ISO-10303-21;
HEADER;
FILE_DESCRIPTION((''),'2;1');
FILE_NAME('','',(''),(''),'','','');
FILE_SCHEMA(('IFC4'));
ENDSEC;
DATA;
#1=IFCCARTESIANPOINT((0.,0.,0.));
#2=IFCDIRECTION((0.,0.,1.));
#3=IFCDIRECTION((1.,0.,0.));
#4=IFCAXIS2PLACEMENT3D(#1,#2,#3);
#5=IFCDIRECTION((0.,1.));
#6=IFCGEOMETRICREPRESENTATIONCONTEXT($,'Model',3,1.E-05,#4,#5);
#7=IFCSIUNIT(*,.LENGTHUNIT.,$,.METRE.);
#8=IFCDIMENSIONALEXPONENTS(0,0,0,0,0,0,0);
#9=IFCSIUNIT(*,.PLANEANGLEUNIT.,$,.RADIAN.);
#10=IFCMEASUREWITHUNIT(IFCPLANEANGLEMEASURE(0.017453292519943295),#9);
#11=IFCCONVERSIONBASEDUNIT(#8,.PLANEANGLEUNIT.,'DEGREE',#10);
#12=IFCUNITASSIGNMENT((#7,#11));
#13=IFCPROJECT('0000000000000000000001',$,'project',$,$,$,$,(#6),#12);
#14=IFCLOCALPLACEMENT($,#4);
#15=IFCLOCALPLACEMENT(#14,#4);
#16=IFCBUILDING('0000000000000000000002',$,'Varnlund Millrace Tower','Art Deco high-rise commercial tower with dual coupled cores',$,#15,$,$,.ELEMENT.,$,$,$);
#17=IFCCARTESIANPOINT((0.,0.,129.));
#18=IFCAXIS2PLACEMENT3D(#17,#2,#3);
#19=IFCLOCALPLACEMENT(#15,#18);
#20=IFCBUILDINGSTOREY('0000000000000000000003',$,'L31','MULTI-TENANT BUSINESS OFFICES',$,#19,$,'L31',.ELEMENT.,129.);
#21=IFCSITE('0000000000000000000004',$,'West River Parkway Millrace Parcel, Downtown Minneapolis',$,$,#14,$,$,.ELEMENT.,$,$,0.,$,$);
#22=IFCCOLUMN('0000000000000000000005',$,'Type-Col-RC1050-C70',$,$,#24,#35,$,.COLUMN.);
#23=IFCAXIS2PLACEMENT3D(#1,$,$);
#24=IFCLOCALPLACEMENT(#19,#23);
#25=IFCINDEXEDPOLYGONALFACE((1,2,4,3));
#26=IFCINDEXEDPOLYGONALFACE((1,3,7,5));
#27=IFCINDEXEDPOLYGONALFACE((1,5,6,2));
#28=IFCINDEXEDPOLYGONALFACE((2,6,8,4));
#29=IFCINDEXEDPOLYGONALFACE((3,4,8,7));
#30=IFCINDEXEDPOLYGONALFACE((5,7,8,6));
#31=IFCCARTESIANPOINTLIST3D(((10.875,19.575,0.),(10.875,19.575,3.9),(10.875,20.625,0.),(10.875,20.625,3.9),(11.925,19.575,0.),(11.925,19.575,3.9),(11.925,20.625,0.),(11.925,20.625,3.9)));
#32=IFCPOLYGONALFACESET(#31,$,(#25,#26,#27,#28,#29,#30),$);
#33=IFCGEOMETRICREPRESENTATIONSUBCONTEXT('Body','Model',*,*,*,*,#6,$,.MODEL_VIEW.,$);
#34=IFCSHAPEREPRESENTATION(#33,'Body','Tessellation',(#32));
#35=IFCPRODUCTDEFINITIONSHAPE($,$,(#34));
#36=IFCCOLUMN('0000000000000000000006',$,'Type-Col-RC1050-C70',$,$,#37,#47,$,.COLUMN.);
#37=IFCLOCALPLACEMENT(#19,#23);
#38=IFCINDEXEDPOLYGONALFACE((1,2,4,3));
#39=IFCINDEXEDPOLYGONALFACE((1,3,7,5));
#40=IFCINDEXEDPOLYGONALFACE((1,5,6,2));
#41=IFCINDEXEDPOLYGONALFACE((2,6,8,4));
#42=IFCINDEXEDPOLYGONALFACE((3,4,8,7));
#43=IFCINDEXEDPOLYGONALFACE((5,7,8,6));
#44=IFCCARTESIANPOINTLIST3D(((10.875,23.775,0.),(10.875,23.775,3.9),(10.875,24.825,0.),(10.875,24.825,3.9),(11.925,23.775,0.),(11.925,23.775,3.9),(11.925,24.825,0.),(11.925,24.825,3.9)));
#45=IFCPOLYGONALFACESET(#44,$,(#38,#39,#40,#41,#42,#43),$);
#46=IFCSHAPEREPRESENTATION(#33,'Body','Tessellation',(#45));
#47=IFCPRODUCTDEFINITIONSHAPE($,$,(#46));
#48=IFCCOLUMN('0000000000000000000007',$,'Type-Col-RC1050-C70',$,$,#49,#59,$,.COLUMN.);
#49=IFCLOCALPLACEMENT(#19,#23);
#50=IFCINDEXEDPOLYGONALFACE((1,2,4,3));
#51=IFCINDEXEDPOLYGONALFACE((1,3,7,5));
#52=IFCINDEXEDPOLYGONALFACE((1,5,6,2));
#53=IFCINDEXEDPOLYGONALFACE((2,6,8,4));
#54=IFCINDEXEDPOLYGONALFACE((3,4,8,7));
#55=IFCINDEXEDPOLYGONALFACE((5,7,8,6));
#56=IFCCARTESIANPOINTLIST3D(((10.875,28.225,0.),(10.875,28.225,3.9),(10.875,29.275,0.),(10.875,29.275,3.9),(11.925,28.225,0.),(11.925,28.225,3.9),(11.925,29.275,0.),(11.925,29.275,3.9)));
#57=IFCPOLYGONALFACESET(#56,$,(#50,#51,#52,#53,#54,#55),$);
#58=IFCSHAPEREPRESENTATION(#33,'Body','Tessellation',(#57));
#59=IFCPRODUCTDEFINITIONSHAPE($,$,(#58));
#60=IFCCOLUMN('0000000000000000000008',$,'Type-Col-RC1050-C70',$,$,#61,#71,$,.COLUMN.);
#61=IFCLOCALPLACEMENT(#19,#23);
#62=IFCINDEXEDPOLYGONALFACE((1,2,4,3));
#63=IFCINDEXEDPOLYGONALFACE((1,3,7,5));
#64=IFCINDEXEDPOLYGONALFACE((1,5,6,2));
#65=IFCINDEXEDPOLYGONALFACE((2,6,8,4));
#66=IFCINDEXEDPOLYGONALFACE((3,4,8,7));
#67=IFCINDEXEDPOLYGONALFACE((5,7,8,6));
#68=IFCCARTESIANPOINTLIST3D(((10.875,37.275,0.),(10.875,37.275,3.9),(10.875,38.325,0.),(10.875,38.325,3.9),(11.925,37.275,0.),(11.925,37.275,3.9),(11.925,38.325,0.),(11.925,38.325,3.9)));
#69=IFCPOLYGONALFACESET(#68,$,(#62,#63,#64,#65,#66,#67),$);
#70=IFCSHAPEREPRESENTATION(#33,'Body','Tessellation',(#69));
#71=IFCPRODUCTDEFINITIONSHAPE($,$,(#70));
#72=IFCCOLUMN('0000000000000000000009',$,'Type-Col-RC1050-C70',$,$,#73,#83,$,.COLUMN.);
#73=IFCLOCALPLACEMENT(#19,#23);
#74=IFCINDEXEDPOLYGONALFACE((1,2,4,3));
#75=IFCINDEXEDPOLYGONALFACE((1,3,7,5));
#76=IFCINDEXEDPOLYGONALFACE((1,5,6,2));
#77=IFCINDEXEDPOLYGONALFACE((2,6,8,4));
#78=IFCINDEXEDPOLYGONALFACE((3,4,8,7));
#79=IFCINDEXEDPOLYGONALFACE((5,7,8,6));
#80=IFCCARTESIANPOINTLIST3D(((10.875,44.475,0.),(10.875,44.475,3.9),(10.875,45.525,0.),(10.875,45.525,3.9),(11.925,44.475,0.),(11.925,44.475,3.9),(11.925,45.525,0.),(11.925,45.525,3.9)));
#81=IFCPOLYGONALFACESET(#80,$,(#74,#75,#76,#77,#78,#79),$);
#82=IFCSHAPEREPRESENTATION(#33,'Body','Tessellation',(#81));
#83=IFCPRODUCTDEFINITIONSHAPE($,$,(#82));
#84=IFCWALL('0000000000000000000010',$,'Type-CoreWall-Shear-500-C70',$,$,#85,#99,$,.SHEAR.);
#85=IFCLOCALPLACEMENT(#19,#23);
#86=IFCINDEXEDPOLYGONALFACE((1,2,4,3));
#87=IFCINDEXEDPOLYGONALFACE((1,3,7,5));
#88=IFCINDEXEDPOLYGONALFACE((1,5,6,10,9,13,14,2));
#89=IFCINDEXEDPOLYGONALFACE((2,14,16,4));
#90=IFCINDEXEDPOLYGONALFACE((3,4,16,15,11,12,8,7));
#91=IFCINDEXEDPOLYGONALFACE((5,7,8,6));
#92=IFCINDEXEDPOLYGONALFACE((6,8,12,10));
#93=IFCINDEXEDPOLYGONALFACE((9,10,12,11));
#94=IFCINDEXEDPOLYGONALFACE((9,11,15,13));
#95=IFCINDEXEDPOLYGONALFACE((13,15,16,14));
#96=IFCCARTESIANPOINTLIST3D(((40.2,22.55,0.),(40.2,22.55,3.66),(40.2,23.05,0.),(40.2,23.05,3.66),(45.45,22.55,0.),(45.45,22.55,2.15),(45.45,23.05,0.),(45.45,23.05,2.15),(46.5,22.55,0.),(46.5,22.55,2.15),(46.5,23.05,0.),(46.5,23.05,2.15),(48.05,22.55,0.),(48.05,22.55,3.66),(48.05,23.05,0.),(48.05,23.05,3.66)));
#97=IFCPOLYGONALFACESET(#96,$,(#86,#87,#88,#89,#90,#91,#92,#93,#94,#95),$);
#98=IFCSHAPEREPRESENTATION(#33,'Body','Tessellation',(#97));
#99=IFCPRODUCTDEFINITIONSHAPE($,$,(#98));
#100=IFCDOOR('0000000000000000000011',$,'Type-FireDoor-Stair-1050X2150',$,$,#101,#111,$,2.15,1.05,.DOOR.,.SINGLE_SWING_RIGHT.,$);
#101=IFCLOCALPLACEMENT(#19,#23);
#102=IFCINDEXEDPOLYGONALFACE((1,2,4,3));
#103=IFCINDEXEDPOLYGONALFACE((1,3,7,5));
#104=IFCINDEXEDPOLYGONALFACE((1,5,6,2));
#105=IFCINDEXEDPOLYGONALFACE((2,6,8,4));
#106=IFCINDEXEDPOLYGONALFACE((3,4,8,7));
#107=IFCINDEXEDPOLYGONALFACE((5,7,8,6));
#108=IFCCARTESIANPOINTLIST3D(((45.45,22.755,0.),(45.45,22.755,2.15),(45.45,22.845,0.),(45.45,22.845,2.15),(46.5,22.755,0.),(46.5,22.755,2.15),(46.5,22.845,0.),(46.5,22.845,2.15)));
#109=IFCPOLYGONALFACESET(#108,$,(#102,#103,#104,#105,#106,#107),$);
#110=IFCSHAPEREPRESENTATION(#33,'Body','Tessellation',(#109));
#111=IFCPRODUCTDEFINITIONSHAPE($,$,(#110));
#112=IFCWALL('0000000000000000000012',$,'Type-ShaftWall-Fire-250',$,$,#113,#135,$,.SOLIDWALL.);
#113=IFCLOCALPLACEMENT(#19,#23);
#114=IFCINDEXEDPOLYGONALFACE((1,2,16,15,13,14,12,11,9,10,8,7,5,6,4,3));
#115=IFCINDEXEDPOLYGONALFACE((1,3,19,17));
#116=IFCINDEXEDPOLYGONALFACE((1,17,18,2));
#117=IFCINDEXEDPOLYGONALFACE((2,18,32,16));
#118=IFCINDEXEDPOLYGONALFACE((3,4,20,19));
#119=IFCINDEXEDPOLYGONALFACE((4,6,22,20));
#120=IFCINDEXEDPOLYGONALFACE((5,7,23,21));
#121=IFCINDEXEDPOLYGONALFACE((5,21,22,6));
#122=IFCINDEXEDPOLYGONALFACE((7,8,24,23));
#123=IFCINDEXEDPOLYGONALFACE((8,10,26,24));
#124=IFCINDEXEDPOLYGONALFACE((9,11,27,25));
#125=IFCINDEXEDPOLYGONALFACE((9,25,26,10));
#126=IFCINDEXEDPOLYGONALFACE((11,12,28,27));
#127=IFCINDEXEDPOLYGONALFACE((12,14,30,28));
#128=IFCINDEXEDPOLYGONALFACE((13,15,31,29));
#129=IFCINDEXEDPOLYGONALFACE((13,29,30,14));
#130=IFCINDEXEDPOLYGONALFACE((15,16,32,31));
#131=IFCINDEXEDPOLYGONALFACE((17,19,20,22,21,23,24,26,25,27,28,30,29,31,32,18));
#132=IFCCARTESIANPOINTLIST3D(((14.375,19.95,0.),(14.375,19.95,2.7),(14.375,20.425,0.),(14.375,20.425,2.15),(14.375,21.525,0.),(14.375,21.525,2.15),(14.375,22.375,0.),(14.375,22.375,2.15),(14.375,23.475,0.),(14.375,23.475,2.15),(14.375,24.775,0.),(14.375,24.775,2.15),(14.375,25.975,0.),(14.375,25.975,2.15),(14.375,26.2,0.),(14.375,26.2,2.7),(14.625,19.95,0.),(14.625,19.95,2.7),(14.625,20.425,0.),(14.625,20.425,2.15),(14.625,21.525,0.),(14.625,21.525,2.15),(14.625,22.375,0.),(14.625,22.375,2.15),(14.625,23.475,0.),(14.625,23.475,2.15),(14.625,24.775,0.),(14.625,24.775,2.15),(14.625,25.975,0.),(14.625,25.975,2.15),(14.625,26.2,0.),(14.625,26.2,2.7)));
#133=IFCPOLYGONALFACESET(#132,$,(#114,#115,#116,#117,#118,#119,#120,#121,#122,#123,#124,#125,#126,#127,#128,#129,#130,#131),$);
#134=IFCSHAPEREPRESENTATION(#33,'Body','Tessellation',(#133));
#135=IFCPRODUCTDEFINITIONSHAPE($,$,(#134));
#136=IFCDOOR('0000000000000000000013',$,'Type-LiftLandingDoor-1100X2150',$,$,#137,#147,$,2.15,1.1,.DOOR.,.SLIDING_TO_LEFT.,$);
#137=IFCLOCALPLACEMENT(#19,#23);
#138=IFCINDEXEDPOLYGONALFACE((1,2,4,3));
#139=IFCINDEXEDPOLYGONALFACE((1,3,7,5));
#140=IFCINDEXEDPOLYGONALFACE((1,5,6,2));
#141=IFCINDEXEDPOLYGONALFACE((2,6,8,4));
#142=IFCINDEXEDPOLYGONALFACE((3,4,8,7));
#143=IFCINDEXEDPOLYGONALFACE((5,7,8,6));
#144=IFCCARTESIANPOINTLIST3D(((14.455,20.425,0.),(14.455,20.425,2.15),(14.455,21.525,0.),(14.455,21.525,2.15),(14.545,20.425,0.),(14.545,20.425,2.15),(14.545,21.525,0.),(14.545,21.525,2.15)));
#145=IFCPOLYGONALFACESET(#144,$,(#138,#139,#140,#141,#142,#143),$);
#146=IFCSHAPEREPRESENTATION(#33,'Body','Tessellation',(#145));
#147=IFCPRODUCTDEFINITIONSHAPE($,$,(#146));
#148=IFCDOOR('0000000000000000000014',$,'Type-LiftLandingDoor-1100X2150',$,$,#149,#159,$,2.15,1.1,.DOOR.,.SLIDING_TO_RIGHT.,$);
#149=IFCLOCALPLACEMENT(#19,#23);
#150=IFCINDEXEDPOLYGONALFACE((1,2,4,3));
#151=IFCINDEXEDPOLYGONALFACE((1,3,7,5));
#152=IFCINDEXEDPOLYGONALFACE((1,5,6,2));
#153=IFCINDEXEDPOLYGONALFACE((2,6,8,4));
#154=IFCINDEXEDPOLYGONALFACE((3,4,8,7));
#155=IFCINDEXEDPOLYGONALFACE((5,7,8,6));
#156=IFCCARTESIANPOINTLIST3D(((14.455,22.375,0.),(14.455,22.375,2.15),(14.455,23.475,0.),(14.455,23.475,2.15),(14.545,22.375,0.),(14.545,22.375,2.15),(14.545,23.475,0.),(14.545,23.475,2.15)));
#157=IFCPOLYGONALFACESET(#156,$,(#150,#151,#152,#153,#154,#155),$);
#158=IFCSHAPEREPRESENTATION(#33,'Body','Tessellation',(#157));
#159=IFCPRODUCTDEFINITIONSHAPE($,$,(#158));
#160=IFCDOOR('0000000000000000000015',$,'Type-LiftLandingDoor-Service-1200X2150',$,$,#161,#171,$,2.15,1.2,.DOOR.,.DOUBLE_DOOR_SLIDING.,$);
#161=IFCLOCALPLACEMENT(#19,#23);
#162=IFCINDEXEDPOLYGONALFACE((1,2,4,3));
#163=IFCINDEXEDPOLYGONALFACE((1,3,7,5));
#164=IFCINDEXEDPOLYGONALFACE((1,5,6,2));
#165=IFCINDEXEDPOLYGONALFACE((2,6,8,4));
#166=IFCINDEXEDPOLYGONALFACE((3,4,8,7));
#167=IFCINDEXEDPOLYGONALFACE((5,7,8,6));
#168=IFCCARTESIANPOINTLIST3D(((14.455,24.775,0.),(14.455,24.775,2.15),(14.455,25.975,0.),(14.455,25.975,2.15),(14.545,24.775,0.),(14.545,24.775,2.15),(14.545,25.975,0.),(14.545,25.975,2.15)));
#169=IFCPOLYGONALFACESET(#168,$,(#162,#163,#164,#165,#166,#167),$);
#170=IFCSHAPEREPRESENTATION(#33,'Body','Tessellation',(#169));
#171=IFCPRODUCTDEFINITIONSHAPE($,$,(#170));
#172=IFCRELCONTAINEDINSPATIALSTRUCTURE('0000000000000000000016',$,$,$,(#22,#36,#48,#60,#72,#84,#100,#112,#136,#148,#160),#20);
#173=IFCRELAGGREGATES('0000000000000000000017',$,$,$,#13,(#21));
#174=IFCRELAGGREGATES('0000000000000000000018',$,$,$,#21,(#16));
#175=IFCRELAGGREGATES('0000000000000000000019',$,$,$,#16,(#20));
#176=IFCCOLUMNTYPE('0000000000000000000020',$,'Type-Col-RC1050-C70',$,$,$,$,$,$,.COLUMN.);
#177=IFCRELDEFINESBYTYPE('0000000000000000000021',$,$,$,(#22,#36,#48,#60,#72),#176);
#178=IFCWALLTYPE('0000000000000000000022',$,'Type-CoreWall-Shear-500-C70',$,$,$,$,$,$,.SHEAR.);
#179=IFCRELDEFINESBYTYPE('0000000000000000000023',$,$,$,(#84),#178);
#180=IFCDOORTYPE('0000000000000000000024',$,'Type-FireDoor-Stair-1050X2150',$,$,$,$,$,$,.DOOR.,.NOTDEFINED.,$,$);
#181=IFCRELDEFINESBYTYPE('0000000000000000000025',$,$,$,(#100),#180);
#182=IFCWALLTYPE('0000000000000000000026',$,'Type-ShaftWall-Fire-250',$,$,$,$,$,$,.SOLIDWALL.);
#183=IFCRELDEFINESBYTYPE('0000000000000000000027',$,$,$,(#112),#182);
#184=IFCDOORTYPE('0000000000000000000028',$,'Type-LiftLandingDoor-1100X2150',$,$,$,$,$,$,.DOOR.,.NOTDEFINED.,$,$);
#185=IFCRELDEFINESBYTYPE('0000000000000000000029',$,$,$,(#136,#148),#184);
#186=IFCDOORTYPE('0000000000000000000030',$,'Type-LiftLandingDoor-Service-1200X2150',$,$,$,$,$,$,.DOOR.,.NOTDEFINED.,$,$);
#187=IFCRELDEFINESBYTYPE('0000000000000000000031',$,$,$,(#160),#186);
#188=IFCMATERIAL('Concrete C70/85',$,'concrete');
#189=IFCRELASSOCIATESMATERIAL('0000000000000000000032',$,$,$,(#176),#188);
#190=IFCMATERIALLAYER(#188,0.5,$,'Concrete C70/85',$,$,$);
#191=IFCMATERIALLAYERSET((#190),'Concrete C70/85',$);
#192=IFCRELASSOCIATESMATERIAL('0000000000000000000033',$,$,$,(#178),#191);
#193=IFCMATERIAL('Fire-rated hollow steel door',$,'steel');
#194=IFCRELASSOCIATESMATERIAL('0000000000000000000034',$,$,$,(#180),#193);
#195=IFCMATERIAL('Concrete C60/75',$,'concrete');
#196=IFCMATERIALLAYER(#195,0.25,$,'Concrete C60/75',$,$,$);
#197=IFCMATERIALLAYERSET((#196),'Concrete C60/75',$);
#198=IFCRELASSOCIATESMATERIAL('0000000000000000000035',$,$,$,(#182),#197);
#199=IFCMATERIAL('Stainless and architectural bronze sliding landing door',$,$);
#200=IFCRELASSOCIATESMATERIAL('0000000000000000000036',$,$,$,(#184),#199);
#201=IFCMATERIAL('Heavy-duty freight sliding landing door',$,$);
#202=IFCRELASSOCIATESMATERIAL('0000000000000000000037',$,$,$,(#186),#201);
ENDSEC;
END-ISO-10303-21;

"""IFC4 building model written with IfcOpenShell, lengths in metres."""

from ifc_helpers import new_model, entity, si_unit, converted_unit, direction, frame, origin_with_axes, origin_2d_with_axis, place, context, subcontext, project, spatial, polyline, rectangle, outline, extrude, material, layer, layer_set, material_profile, profile_set, type_object, element, fill, save


model = new_model("IFC4")

# Units and contexts
model_context = context("Model", 3, precision=1e-05, world=origin_with_axes(), true_north=direction((0.0, 1.0)))
body_context = subcontext(model_context, "Body", "Model", "MODEL_VIEW")
ifc_project = project(units=[si_unit("LENGTHUNIT", "METRE"), converted_unit("PLANEANGLEUNIT", "DEGREE", entity("IfcPlaneAngleMeasure", 0.017453292519943295), si_unit("PLANEANGLEUNIT", "RADIAN"), dimensions=[0, 0, 0, 0, 0, 0, 0])], contexts=[model_context])

# Site, building, storey
site_placement = place(None, origin_with_axes())
site = spatial("IfcSite", under=ifc_project, at=site_placement, Name="West River Parkway Millrace Parcel, Downtown Minneapolis", CompositionType="ELEMENT", RefElevation=0.0)
building_placement = place(site_placement, origin_with_axes())
building = spatial("IfcBuilding", under=site, at=building_placement, Name="Varnlund Millrace Tower", Description="Art Deco high-rise commercial tower with dual coupled cores", CompositionType="ELEMENT")
storey_placement = place(building_placement, frame((0.0, 0.0, 129.0), z_axis=(0.0, 0.0, 1.0), x_axis=(1.0, 0.0, 0.0)))
storey = spatial("IfcBuildingStorey", under=building, at=storey_placement, Name="L31", Description="MULTI-TENANT BUSINESS OFFICES", LongName="L31", CompositionType="ELEMENT", Elevation=129.0)

# Columns
ifc_material_1 = material(Name="Concrete C70/85", Category="concrete")
ifc_material_profile = material_profile(ifc_material_1, rectangle(XDim=1.05, YDim=1.05, at=origin_2d_with_axis()), Name="Concrete C70/85")
ifc_profile_set = profile_set([ifc_material_profile], Name="Concrete C70/85")
column_type = type_object("IfcColumnType", Name="Type-Col-RC1050-C70", PredefinedType="COLUMN", material=ifc_profile_set)
for number, where, z_axis, x_axis, name in (
    (1, (11.4, 20.1, 0.0), (0.0, 0.0, 1.0), (1.0, 0.0, 0.0), "Type-Col-RC1050-C70"),
    (2, (11.4, 24.3, 0.0), (0.0, 0.0, 1.0), (1.0, 0.0, 0.0), "Type-Col-RC1050-C70"),
    (3, (11.4, 28.75, 0.0), (0.0, 0.0, 1.0), (1.0, 0.0, 0.0), "Type-Col-RC1050-C70"),
    (4, (11.4, 37.8, 0.0), (0.0, 0.0, 1.0), (1.0, 0.0, 0.0), "Type-Col-RC1050-C70"),
    (5, (11.4, 45.0, 0.0), (0.0, 0.0, 1.0), (1.0, 0.0, 0.0), "Type-Col-RC1050-C70"),
):
    element("IfcColumn", number, at=place(storey_placement, frame(where, z_axis=z_axis, x_axis=x_axis)), inside=storey, type_object=column_type, Name=name, PredefinedType="COLUMN", context=body_context, shape_type="SweptSolid", body=[
        extrude(rectangle(XDim=1.05, YDim=1.05, at=origin_2d_with_axis()), origin_with_axes(), (0.0, 0.0, 1.0), 3.9),
    ])

# Wall, opening, door
ifc_layer_1 = layer(ifc_material_1, 0.5, Name="Concrete C70/85")
ifc_layer_set_1 = layer_set([ifc_layer_1], Name="Concrete C70/85")
wall_type_1 = type_object("IfcWallType", Name="Type-CoreWall-Shear-500-C70", PredefinedType="SHEAR", material=ifc_layer_set_1)
wall_1_placement = place(storey_placement, frame((40.2, 22.8, 0.0), z_axis=(0.0, 0.0, 1.0), x_axis=(1.0, 0.0, 0.0)))
wall_1 = element("IfcWall", 6, at=wall_1_placement, inside=storey, type_object=wall_type_1, Name="Type-CoreWall-Shear-500-C70", PredefinedType="SHEAR", context=body_context, shape_type="SweptSolid", body=[
    extrude(outline(polyline([(0.0, -0.25), (7.85, -0.25), (7.85, 0.25), (0.0, 0.25), (0.0, -0.25)])), origin_with_axes(), (0.0, 0.0, 1.0), 3.66),
])
opening_1_placement = place(wall_1_placement, frame((5.775, 0.0, 0.0), z_axis=(0.0, 0.0, 1.0), x_axis=(1.0, 0.0, 0.0)))
opening_1 = element("IfcOpeningElement", 7, at=opening_1_placement, cuts=wall_1, PredefinedType="OPENING", context=body_context, shape_type="SweptSolid", body=[
    extrude(rectangle(XDim=1.05, YDim=0.52, at=origin_2d_with_axis()), origin_with_axes(), (0.0, 0.0, 1.0), 2.15),
])
ifc_material_2 = material(Name="Fire-rated hollow steel door", Category="steel")
door_type_1 = type_object("IfcDoorType", Name="Type-FireDoor-Stair-1050X2150", OperationType="NOTDEFINED", PredefinedType="DOOR", material=ifc_material_2)
door_1_placement = place(wall_1_placement, frame((5.775, 0.0, 0.0), z_axis=(0.0, 0.0, 1.0), x_axis=(1.0, 0.0, 0.0)))
door_1 = element("IfcDoor", 8, at=door_1_placement, inside=storey, type_object=door_type_1, Name="Type-FireDoor-Stair-1050X2150", OperationType="SINGLE_SWING_RIGHT", OverallHeight=2.15, OverallWidth=1.05, PredefinedType="DOOR", context=body_context, shape_type="SweptSolid", body=[
    extrude(rectangle(XDim=1.05, YDim=0.09, at=origin_2d_with_axis()), origin_with_axes(), (0.0, 0.0, 1.0), 2.15),
])
fill(opening_1, door_1)

# Wall, openings, doors
ifc_material_3 = material(Name="Concrete C60/75", Category="concrete")
ifc_layer_2 = layer(ifc_material_3, 0.25, Name="Concrete C60/75")
ifc_layer_set_2 = layer_set([ifc_layer_2], Name="Concrete C60/75")
wall_type_2 = type_object("IfcWallType", Name="Type-ShaftWall-Fire-250", PredefinedType="SOLIDWALL", material=ifc_layer_set_2)
wall_2_placement = place(storey_placement, frame((14.5, 19.95, 0.0), z_axis=(0.0, 0.0, 1.0), x_axis=(0.0, 1.0, 0.0)))
wall_2 = element("IfcWall", 9, at=wall_2_placement, inside=storey, type_object=wall_type_2, Name="Type-ShaftWall-Fire-250", PredefinedType="SOLIDWALL", context=body_context, shape_type="SweptSolid", body=[
    extrude(outline(polyline([(0.0, -0.125), (6.25, -0.125), (6.25, 0.125), (0.0, 0.125), (0.0, -0.125)])), origin_with_axes(), (0.0, 0.0, 1.0), 2.7),
])
opening_2_placement = place(wall_2_placement, frame((1.025, 0.0, 0.0), z_axis=(0.0, 0.0, 1.0), x_axis=(1.0, 0.0, 0.0)))
opening_2 = element("IfcOpeningElement", 10, at=opening_2_placement, cuts=wall_2, PredefinedType="OPENING", context=body_context, shape_type="SweptSolid", body=[
    extrude(rectangle(XDim=1.1, YDim=0.27, at=origin_2d_with_axis()), origin_with_axes(), (0.0, 0.0, 1.0), 2.15),
])
opening_3_placement = place(wall_2_placement, frame((2.975, 0.0, 0.0), z_axis=(0.0, 0.0, 1.0), x_axis=(1.0, 0.0, 0.0)))
opening_3 = element("IfcOpeningElement", 11, at=opening_3_placement, cuts=wall_2, PredefinedType="OPENING", context=body_context, shape_type="SweptSolid", body=[
    extrude(rectangle(XDim=1.1, YDim=0.27, at=origin_2d_with_axis()), origin_with_axes(), (0.0, 0.0, 1.0), 2.15),
])
opening_4_placement = place(wall_2_placement, frame((5.425, 0.0, 0.0), z_axis=(0.0, 0.0, 1.0), x_axis=(1.0, 0.0, 0.0)))
opening_4 = element("IfcOpeningElement", 12, at=opening_4_placement, cuts=wall_2, PredefinedType="OPENING", context=body_context, shape_type="SweptSolid", body=[
    extrude(rectangle(XDim=1.2, YDim=0.27, at=origin_2d_with_axis()), origin_with_axes(), (0.0, 0.0, 1.0), 2.15),
])
ifc_material_4 = material(Name="Stainless and architectural bronze sliding landing door")
door_type_2 = type_object("IfcDoorType", Name="Type-LiftLandingDoor-1100X2150", OperationType="NOTDEFINED", PredefinedType="DOOR", material=ifc_material_4)
door_2_placement = place(wall_2_placement, frame((1.025, 0.0, 0.0), z_axis=(0.0, 0.0, 1.0), x_axis=(1.0, 0.0, 0.0)))
door_2 = element("IfcDoor", 13, at=door_2_placement, inside=storey, type_object=door_type_2, Name="Type-LiftLandingDoor-1100X2150", OperationType="SLIDING_TO_LEFT", OverallHeight=2.15, OverallWidth=1.1, PredefinedType="DOOR", context=body_context, shape_type="SweptSolid", body=[
    extrude(rectangle(XDim=1.1, YDim=0.09, at=origin_2d_with_axis()), origin_with_axes(), (0.0, 0.0, 1.0), 2.15),
])
fill(opening_2, door_2)
door_3_placement = place(wall_2_placement, frame((2.975, 0.0, 0.0), z_axis=(0.0, 0.0, 1.0), x_axis=(1.0, 0.0, 0.0)))
door_3 = element("IfcDoor", 14, at=door_3_placement, inside=storey, type_object=door_type_2, Name="Type-LiftLandingDoor-1100X2150", OperationType="SLIDING_TO_RIGHT", OverallHeight=2.15, OverallWidth=1.1, PredefinedType="DOOR", context=body_context, shape_type="SweptSolid", body=[
    extrude(rectangle(XDim=1.1, YDim=0.09, at=origin_2d_with_axis()), origin_with_axes(), (0.0, 0.0, 1.0), 2.15),
])
fill(opening_3, door_3)
ifc_material_5 = material(Name="Heavy-duty freight sliding landing door")
door_type_3 = type_object("IfcDoorType", Name="Type-LiftLandingDoor-Service-1200X2150", OperationType="NOTDEFINED", PredefinedType="DOOR", material=ifc_material_5)
door_4_placement = place(wall_2_placement, frame((5.425, 0.0, 0.0), z_axis=(0.0, 0.0, 1.0), x_axis=(1.0, 0.0, 0.0)))
door_4 = element("IfcDoor", 15, at=door_4_placement, inside=storey, type_object=door_type_3, Name="Type-LiftLandingDoor-Service-1200X2150", OperationType="DOUBLE_DOOR_SLIDING", OverallHeight=2.15, OverallWidth=1.2, PredefinedType="DOOR", context=body_context, shape_type="SweptSolid", body=[
    extrude(rectangle(XDim=1.2, YDim=0.09, at=origin_2d_with_axis()), origin_with_axes(), (0.0, 0.0, 1.0), 2.15),
])
fill(opening_4, door_4)

save(model, "model.ifc")
